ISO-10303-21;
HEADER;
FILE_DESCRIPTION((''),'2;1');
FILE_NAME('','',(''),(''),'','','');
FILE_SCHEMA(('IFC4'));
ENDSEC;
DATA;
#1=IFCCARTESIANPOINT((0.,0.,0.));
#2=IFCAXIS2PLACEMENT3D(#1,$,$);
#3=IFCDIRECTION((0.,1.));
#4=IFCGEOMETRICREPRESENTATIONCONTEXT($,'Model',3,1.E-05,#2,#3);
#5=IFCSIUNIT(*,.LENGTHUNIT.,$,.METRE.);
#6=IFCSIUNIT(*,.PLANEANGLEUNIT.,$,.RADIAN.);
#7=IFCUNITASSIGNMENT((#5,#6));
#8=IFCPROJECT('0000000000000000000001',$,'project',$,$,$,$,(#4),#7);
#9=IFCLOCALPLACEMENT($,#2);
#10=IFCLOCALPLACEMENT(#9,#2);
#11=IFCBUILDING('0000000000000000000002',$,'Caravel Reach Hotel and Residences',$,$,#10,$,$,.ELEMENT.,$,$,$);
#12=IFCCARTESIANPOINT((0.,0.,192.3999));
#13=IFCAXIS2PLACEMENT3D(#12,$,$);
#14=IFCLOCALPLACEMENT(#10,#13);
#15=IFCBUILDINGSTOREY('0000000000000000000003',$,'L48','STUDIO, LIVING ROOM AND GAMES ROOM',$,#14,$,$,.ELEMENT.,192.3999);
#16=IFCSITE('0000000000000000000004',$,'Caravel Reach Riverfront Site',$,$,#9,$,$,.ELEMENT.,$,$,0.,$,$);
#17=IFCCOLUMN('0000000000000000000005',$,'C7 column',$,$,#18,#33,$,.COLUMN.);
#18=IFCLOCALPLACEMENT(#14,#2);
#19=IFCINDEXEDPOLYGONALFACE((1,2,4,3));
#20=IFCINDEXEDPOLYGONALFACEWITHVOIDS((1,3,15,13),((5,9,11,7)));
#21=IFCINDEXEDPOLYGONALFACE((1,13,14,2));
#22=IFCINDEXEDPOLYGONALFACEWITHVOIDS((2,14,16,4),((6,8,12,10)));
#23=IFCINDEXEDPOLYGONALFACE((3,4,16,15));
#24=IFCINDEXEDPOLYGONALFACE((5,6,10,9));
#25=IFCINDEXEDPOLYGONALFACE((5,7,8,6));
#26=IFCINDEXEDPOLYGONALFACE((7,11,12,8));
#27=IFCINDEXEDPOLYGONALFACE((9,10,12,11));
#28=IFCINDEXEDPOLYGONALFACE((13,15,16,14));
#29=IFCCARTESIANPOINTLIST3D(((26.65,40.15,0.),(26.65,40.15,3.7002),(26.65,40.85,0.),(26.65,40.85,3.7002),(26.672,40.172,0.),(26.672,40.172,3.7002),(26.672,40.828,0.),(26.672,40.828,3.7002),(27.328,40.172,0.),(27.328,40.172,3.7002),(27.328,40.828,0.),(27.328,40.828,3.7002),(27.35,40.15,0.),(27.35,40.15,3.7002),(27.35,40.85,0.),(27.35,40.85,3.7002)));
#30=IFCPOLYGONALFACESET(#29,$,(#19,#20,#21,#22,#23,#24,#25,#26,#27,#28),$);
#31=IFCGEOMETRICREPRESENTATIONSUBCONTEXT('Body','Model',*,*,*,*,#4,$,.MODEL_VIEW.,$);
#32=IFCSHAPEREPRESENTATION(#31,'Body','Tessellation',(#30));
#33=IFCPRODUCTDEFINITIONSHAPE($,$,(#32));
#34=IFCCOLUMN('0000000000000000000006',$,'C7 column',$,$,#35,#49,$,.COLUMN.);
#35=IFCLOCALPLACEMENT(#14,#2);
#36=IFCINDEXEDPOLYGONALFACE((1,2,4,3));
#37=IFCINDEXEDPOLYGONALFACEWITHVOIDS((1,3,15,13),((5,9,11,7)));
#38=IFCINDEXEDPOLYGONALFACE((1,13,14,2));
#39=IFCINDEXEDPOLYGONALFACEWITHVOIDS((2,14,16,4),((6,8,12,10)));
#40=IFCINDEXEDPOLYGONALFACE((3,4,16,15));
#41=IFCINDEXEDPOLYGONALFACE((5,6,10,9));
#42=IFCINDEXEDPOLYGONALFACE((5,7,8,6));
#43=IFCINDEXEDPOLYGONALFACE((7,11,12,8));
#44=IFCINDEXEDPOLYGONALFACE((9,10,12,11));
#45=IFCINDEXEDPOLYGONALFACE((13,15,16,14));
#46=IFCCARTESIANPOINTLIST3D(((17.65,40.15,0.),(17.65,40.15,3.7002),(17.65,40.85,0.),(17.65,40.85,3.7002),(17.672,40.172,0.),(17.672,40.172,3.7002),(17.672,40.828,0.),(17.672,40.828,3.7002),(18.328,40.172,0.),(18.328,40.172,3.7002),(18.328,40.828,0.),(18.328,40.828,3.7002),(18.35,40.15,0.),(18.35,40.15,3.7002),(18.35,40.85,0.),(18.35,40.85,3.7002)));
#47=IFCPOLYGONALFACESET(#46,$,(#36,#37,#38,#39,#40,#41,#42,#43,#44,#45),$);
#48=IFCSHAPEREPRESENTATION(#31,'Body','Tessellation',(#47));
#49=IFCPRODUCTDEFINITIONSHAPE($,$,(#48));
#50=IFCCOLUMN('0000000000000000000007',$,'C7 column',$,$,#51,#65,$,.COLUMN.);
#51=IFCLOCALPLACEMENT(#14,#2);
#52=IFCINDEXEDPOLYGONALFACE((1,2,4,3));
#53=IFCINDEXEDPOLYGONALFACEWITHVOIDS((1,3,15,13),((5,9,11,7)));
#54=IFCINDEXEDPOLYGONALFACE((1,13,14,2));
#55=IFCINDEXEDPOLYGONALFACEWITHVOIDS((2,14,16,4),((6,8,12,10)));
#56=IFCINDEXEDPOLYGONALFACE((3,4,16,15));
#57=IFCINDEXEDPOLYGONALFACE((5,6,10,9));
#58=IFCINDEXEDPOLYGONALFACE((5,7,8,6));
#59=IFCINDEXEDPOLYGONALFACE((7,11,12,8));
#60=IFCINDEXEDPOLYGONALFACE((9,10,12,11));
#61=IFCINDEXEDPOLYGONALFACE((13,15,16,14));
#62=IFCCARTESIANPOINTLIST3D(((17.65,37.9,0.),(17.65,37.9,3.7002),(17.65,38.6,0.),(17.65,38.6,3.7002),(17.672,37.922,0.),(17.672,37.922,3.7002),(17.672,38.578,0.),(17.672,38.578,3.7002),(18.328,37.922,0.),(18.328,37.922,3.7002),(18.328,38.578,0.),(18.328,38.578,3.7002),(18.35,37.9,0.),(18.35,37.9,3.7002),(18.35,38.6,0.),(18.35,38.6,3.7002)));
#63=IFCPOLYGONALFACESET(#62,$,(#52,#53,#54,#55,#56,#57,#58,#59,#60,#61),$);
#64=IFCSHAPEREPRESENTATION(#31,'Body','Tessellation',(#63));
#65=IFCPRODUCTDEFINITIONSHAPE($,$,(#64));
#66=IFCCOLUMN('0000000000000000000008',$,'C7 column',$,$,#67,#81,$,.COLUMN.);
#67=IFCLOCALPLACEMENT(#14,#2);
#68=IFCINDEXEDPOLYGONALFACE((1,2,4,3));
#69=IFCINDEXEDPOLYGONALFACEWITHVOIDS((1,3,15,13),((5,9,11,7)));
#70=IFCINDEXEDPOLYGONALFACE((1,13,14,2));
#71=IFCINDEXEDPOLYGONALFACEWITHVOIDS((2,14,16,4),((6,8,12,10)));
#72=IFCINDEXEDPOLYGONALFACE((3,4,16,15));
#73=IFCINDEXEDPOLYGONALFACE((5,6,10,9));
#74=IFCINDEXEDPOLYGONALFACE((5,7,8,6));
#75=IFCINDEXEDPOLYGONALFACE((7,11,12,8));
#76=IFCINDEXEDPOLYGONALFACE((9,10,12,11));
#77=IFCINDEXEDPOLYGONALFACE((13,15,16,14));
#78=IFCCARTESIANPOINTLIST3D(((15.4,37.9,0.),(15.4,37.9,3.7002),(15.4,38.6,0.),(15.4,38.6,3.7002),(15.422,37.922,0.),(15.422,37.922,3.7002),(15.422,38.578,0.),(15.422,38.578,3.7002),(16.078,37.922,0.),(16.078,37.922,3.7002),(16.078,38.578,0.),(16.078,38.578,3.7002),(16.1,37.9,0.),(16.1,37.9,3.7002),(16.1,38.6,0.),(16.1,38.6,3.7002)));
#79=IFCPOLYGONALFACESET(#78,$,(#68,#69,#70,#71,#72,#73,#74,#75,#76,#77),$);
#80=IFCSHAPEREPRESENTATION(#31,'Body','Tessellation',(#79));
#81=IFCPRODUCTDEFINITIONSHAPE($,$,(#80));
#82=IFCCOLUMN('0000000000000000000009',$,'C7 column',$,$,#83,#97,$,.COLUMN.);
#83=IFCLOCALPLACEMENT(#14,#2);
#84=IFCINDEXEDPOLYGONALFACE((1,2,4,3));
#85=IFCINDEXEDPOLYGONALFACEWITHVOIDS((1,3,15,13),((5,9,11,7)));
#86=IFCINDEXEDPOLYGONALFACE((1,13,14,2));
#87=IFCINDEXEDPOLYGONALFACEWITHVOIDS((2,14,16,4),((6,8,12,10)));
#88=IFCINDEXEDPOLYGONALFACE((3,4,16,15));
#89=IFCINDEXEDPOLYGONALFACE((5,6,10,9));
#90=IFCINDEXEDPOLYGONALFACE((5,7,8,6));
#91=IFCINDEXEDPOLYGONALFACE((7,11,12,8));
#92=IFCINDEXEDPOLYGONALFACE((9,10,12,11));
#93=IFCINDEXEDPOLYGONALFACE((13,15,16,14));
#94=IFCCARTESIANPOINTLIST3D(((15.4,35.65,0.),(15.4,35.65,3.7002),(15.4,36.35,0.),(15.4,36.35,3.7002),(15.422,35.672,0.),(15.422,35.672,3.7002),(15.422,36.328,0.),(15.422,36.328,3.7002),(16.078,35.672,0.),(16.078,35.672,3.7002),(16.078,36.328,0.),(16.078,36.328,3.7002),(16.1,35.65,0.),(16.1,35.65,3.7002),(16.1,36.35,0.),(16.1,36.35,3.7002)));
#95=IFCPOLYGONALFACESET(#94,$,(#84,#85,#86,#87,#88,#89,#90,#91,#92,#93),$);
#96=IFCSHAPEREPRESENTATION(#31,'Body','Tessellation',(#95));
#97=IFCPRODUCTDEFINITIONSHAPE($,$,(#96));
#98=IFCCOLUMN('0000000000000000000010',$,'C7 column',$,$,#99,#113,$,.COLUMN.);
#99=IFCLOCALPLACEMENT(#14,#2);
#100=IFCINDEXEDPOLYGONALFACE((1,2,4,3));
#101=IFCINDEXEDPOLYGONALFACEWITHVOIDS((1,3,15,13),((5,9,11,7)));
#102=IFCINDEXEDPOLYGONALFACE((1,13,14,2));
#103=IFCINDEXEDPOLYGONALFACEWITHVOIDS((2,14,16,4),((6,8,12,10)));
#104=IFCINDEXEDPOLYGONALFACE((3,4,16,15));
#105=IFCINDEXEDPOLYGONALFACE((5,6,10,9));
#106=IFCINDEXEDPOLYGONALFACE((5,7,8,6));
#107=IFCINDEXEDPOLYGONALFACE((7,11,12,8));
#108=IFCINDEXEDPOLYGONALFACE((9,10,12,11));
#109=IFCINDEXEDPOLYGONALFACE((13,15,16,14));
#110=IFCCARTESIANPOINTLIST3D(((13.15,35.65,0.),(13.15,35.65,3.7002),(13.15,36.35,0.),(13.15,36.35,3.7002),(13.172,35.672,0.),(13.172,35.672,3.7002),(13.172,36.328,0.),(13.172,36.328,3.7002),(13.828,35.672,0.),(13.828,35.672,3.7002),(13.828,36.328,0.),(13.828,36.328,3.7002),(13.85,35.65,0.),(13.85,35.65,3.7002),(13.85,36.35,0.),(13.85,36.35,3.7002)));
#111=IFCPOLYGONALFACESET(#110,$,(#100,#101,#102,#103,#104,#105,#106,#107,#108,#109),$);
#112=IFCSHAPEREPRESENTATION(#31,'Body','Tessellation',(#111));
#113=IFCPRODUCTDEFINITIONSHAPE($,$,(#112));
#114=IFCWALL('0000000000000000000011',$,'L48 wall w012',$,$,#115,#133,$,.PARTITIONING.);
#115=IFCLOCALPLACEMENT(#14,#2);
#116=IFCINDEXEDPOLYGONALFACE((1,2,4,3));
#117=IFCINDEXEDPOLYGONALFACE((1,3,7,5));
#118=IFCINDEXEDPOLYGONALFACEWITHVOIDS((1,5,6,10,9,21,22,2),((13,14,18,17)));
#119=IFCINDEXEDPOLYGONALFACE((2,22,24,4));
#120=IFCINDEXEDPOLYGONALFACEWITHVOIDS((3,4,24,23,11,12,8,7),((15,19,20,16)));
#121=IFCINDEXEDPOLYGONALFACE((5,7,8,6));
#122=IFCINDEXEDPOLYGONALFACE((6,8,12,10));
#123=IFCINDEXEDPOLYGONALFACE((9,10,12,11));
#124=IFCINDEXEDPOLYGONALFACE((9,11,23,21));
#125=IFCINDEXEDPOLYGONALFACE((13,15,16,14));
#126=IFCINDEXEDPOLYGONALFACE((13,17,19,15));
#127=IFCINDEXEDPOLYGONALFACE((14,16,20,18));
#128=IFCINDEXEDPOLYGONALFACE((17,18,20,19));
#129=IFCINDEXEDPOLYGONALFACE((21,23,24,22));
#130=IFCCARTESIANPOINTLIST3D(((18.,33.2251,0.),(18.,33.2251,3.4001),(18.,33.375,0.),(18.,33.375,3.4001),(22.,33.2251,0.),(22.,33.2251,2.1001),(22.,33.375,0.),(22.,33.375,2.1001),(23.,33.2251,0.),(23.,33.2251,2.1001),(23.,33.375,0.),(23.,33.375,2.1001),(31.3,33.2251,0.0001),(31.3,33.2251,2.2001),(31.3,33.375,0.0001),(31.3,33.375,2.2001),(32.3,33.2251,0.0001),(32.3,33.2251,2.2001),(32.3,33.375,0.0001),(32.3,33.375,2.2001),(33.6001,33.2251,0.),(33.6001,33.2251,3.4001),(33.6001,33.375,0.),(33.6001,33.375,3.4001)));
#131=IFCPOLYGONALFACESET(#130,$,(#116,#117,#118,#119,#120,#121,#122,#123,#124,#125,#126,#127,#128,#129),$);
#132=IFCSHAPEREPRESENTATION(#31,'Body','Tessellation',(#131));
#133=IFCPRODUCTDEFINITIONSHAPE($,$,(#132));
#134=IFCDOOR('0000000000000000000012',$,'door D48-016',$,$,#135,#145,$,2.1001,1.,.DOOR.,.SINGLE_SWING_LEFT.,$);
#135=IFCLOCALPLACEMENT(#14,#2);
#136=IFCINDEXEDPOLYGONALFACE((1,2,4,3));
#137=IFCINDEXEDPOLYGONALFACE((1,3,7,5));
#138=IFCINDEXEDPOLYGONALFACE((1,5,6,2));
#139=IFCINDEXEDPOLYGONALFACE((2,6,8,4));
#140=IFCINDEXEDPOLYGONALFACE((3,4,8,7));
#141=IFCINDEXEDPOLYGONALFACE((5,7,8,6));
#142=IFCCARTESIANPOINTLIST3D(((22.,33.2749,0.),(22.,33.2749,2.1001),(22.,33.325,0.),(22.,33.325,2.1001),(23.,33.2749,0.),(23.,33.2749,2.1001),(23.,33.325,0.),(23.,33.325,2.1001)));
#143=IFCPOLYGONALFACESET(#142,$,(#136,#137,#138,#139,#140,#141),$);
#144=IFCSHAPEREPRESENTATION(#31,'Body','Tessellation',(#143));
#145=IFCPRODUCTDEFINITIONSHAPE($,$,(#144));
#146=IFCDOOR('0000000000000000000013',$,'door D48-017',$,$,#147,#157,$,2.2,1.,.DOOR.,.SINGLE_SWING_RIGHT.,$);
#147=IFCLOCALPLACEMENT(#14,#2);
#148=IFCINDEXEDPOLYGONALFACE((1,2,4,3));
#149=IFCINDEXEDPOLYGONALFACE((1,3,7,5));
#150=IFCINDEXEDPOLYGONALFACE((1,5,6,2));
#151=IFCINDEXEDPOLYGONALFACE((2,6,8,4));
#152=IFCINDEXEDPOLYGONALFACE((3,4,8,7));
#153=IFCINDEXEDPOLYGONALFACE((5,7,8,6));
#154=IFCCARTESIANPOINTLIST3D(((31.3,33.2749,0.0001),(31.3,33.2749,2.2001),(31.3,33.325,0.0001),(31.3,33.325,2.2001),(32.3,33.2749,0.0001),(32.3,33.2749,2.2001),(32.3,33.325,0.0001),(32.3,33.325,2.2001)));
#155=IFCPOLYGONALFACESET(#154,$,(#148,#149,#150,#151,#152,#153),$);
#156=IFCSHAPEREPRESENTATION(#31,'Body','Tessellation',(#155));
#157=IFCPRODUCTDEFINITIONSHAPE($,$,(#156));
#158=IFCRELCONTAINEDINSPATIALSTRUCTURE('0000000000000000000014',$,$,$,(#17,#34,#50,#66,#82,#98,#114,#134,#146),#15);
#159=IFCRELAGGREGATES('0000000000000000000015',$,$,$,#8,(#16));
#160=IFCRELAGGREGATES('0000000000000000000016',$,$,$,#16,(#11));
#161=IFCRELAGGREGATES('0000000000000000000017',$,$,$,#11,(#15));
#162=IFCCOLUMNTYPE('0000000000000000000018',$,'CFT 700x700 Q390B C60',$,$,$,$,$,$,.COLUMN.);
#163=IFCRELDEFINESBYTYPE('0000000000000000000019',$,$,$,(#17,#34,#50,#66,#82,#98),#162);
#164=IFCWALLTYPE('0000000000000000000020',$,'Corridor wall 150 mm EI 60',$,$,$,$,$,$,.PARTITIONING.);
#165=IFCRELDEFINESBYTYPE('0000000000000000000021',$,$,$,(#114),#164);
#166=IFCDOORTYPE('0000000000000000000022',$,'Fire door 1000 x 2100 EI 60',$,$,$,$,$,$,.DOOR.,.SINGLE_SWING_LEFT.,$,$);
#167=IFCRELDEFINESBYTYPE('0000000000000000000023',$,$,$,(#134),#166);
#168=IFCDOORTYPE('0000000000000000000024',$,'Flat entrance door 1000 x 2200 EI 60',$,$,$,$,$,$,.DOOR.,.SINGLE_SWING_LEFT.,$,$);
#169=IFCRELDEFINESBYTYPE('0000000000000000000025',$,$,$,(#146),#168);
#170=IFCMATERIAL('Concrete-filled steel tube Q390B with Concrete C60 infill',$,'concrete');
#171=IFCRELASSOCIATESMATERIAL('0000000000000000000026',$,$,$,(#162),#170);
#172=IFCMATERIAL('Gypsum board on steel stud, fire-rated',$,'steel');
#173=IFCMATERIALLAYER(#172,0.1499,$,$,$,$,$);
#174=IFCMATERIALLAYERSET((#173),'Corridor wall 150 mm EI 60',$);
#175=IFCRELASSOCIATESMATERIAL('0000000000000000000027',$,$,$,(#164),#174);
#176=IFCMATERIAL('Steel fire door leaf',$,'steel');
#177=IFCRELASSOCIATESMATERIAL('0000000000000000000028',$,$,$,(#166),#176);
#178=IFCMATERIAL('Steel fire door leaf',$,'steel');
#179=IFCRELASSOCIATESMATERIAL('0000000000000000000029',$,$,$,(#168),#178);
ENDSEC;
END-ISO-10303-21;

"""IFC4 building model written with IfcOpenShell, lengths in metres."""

from ifc_helpers import new_model, si_unit, direction, frame, frame_2d, origin, origin_2d, place, context, subcontext, project, spatial, rectangle, hollow_rectangle, extrude, material, layer, layer_set, material_profile, profile_set, type_object, element, fill, save


model = new_model("IFC4")

# Units and contexts
model_context = context("Model", 3, precision=1e-05, world=origin(), true_north=direction((0.0, 1.0)))
body_context = subcontext(model_context, "Body", "Model", "MODEL_VIEW")
ifc_project = project(units=[si_unit("LENGTHUNIT", "METRE"), si_unit("PLANEANGLEUNIT", "RADIAN")], contexts=[model_context])

# Site, building, storey
site_placement = place(None, origin())
site = spatial("IfcSite", under=ifc_project, at=site_placement, Name="Caravel Reach Riverfront Site", CompositionType="ELEMENT", RefElevation=0.0)
building_placement = place(site_placement, origin())
building = spatial("IfcBuilding", under=site, at=building_placement, Name="Caravel Reach Hotel and Residences", CompositionType="ELEMENT")
storey_placement = place(building_placement, frame((0.0, 0.0, 192.3999)))
storey = spatial("IfcBuildingStorey", under=building, at=storey_placement, Name="L48", Description="STUDIO, LIVING ROOM AND GAMES ROOM", CompositionType="ELEMENT", Elevation=192.3999)

# Columns
ifc_material_1 = material(Name="Concrete-filled steel tube Q390B with Concrete C60 infill", Category="concrete")
ifc_material_profile = material_profile(ifc_material_1, hollow_rectangle(XDim=0.7, YDim=0.7, WallThickness=0.022, at=origin_2d()), Name="RHS 700x700x22")
ifc_profile_set = profile_set([ifc_material_profile], Name="Concrete-filled steel tube Q390B with Concrete C60 infill")
column_type = type_object("IfcColumnType", Name="CFT 700x700 Q390B C60", PredefinedType="COLUMN", material=ifc_profile_set)
for number, where, z_axis, x_axis, name in (
    (1, (27.0, 40.5, 0.0), (0.0, 0.0, 1.0), (1.0, 0.0, 0.0), "C7 column"),
    (2, (18.0, 40.5, 0.0), (0.0, 0.0, 1.0), (1.0, 0.0, 0.0), "C7 column"),
    (3, (18.0, 38.25, 0.0), (0.0, 0.0, 1.0), (1.0, 0.0, 0.0), "C7 column"),
    (4, (15.75, 38.25, 0.0), (0.0, 0.0, 1.0), (1.0, 0.0, 0.0), "C7 column"),
    (5, (15.75, 36.0, 0.0), (0.0, 0.0, 1.0), (1.0, 0.0, 0.0), "C7 column"),
    (6, (13.5, 36.0, 0.0), (0.0, 0.0, 1.0), (1.0, 0.0, 0.0), "C7 column"),
):
    element("IfcColumn", number, at=place(storey_placement, frame(where, z_axis=z_axis, x_axis=x_axis)), inside=storey, type_object=column_type, Name=name, PredefinedType="COLUMN", context=body_context, shape_type="SweptSolid", body=[
        extrude(hollow_rectangle(XDim=0.7, YDim=0.7, WallThickness=0.022, at=origin_2d()), origin(), (0.0, 0.0, 1.0), 3.7002),
    ])

# Wall, openings, doors
ifc_material_2 = material(Name="Gypsum board on steel stud, fire-rated", Category="steel")
ifc_layer_1 = layer(ifc_material_2, 0.1499)
ifc_layer_set_1 = layer_set([ifc_layer_1], Name="Corridor wall 150 mm EI 60")
wall_type_1 = type_object("IfcWallType", Name="Corridor wall 150 mm EI 60", PredefinedType="PARTITIONING", material=ifc_layer_set_1)
wall_1_placement = place(storey_placement, frame((18.0, 33.3, 0.0), z_axis=(0.0, 0.0, 1.0), x_axis=(1.0, 0.0, 0.0)))
wall_1 = element("IfcWall", 7, at=wall_1_placement, inside=storey, type_object=wall_type_1, Name="L48 wall w012", PredefinedType="PARTITIONING", context=body_context, shape_type="SweptSolid", body=[
    extrude(rectangle(XDim=15.6001, YDim=0.1499, at=frame_2d((7.8, 0.0))), origin(), (0.0, 0.0, 1.0), 3.4001),
])
opening_1_placement = place(wall_1_placement, frame((4.0, 0.0, 0.0)))
opening_1 = element("IfcOpeningElement", 8, at=opening_1_placement, cuts=wall_1, PredefinedType="OPENING", context=body_context, shape_type="SweptSolid", body=[
    extrude(rectangle(XDim=1.0, YDim=2.1001, at=frame_2d((0.5, 1.05))), frame((0.0, 0.085, 0.0), z_axis=(0.0, -1.0, 0.0), x_axis=(1.0, 0.0, 0.0)), (0.0, 0.0, 1.0), 0.1699),
])
opening_2_placement = place(wall_1_placement, frame((13.3, 0.0, 0.0)))
opening_2 = element("IfcOpeningElement", 9, at=opening_2_placement, cuts=wall_1, PredefinedType="OPENING", context=body_context, shape_type="SweptSolid", body=[
    extrude(rectangle(XDim=1.0, YDim=2.2, at=frame_2d((0.5, 1.1001))), frame((0.0, 0.085, 0.0), z_axis=(0.0, -1.0, 0.0), x_axis=(1.0, 0.0, 0.0)), (0.0, 0.0, 1.0), 0.1699),
])
ifc_material_3 = material(Name="Steel fire door leaf", Category="steel")
door_type_1 = type_object("IfcDoorType", Name="Fire door 1000 x 2100 EI 60", OperationType="SINGLE_SWING_LEFT", PredefinedType="DOOR", material=ifc_material_3)
door_1_placement = place(opening_1_placement, origin())
door_1 = element("IfcDoor", 10, at=door_1_placement, inside=storey, type_object=door_type_1, Name="door D48-016", OperationType="SINGLE_SWING_LEFT", OverallHeight=2.1001, OverallWidth=1.0, PredefinedType="DOOR", context=body_context, shape_type="SweptSolid", body=[
    extrude(rectangle(XDim=1.0, YDim=2.1001, at=frame_2d((0.5, 1.05))), frame((0.0, 0.0249, 0.0), z_axis=(0.0, -1.0, 0.0), x_axis=(1.0, 0.0, 0.0)), (0.0, 0.0, 1.0), 0.05),
])
fill(opening_1, door_1)
ifc_material_4 = material(Name="Steel fire door leaf", Category="steel")
door_type_2 = type_object("IfcDoorType", Name="Flat entrance door 1000 x 2200 EI 60", OperationType="SINGLE_SWING_LEFT", PredefinedType="DOOR", material=ifc_material_4)
door_2_placement = place(opening_2_placement, origin())
door_2 = element("IfcDoor", 11, at=door_2_placement, inside=storey, type_object=door_type_2, Name="door D48-017", OperationType="SINGLE_SWING_RIGHT", OverallHeight=2.2, OverallWidth=1.0, PredefinedType="DOOR", context=body_context, shape_type="SweptSolid", body=[
    extrude(rectangle(XDim=1.0, YDim=2.2, at=frame_2d((0.5, 1.1001))), frame((0.0, 0.0249, 0.0), z_axis=(0.0, -1.0, 0.0), x_axis=(1.0, 0.0, 0.0)), (0.0, 0.0, 1.0), 0.05),
])
fill(opening_2, door_2)

save(model, "model.ifc")
